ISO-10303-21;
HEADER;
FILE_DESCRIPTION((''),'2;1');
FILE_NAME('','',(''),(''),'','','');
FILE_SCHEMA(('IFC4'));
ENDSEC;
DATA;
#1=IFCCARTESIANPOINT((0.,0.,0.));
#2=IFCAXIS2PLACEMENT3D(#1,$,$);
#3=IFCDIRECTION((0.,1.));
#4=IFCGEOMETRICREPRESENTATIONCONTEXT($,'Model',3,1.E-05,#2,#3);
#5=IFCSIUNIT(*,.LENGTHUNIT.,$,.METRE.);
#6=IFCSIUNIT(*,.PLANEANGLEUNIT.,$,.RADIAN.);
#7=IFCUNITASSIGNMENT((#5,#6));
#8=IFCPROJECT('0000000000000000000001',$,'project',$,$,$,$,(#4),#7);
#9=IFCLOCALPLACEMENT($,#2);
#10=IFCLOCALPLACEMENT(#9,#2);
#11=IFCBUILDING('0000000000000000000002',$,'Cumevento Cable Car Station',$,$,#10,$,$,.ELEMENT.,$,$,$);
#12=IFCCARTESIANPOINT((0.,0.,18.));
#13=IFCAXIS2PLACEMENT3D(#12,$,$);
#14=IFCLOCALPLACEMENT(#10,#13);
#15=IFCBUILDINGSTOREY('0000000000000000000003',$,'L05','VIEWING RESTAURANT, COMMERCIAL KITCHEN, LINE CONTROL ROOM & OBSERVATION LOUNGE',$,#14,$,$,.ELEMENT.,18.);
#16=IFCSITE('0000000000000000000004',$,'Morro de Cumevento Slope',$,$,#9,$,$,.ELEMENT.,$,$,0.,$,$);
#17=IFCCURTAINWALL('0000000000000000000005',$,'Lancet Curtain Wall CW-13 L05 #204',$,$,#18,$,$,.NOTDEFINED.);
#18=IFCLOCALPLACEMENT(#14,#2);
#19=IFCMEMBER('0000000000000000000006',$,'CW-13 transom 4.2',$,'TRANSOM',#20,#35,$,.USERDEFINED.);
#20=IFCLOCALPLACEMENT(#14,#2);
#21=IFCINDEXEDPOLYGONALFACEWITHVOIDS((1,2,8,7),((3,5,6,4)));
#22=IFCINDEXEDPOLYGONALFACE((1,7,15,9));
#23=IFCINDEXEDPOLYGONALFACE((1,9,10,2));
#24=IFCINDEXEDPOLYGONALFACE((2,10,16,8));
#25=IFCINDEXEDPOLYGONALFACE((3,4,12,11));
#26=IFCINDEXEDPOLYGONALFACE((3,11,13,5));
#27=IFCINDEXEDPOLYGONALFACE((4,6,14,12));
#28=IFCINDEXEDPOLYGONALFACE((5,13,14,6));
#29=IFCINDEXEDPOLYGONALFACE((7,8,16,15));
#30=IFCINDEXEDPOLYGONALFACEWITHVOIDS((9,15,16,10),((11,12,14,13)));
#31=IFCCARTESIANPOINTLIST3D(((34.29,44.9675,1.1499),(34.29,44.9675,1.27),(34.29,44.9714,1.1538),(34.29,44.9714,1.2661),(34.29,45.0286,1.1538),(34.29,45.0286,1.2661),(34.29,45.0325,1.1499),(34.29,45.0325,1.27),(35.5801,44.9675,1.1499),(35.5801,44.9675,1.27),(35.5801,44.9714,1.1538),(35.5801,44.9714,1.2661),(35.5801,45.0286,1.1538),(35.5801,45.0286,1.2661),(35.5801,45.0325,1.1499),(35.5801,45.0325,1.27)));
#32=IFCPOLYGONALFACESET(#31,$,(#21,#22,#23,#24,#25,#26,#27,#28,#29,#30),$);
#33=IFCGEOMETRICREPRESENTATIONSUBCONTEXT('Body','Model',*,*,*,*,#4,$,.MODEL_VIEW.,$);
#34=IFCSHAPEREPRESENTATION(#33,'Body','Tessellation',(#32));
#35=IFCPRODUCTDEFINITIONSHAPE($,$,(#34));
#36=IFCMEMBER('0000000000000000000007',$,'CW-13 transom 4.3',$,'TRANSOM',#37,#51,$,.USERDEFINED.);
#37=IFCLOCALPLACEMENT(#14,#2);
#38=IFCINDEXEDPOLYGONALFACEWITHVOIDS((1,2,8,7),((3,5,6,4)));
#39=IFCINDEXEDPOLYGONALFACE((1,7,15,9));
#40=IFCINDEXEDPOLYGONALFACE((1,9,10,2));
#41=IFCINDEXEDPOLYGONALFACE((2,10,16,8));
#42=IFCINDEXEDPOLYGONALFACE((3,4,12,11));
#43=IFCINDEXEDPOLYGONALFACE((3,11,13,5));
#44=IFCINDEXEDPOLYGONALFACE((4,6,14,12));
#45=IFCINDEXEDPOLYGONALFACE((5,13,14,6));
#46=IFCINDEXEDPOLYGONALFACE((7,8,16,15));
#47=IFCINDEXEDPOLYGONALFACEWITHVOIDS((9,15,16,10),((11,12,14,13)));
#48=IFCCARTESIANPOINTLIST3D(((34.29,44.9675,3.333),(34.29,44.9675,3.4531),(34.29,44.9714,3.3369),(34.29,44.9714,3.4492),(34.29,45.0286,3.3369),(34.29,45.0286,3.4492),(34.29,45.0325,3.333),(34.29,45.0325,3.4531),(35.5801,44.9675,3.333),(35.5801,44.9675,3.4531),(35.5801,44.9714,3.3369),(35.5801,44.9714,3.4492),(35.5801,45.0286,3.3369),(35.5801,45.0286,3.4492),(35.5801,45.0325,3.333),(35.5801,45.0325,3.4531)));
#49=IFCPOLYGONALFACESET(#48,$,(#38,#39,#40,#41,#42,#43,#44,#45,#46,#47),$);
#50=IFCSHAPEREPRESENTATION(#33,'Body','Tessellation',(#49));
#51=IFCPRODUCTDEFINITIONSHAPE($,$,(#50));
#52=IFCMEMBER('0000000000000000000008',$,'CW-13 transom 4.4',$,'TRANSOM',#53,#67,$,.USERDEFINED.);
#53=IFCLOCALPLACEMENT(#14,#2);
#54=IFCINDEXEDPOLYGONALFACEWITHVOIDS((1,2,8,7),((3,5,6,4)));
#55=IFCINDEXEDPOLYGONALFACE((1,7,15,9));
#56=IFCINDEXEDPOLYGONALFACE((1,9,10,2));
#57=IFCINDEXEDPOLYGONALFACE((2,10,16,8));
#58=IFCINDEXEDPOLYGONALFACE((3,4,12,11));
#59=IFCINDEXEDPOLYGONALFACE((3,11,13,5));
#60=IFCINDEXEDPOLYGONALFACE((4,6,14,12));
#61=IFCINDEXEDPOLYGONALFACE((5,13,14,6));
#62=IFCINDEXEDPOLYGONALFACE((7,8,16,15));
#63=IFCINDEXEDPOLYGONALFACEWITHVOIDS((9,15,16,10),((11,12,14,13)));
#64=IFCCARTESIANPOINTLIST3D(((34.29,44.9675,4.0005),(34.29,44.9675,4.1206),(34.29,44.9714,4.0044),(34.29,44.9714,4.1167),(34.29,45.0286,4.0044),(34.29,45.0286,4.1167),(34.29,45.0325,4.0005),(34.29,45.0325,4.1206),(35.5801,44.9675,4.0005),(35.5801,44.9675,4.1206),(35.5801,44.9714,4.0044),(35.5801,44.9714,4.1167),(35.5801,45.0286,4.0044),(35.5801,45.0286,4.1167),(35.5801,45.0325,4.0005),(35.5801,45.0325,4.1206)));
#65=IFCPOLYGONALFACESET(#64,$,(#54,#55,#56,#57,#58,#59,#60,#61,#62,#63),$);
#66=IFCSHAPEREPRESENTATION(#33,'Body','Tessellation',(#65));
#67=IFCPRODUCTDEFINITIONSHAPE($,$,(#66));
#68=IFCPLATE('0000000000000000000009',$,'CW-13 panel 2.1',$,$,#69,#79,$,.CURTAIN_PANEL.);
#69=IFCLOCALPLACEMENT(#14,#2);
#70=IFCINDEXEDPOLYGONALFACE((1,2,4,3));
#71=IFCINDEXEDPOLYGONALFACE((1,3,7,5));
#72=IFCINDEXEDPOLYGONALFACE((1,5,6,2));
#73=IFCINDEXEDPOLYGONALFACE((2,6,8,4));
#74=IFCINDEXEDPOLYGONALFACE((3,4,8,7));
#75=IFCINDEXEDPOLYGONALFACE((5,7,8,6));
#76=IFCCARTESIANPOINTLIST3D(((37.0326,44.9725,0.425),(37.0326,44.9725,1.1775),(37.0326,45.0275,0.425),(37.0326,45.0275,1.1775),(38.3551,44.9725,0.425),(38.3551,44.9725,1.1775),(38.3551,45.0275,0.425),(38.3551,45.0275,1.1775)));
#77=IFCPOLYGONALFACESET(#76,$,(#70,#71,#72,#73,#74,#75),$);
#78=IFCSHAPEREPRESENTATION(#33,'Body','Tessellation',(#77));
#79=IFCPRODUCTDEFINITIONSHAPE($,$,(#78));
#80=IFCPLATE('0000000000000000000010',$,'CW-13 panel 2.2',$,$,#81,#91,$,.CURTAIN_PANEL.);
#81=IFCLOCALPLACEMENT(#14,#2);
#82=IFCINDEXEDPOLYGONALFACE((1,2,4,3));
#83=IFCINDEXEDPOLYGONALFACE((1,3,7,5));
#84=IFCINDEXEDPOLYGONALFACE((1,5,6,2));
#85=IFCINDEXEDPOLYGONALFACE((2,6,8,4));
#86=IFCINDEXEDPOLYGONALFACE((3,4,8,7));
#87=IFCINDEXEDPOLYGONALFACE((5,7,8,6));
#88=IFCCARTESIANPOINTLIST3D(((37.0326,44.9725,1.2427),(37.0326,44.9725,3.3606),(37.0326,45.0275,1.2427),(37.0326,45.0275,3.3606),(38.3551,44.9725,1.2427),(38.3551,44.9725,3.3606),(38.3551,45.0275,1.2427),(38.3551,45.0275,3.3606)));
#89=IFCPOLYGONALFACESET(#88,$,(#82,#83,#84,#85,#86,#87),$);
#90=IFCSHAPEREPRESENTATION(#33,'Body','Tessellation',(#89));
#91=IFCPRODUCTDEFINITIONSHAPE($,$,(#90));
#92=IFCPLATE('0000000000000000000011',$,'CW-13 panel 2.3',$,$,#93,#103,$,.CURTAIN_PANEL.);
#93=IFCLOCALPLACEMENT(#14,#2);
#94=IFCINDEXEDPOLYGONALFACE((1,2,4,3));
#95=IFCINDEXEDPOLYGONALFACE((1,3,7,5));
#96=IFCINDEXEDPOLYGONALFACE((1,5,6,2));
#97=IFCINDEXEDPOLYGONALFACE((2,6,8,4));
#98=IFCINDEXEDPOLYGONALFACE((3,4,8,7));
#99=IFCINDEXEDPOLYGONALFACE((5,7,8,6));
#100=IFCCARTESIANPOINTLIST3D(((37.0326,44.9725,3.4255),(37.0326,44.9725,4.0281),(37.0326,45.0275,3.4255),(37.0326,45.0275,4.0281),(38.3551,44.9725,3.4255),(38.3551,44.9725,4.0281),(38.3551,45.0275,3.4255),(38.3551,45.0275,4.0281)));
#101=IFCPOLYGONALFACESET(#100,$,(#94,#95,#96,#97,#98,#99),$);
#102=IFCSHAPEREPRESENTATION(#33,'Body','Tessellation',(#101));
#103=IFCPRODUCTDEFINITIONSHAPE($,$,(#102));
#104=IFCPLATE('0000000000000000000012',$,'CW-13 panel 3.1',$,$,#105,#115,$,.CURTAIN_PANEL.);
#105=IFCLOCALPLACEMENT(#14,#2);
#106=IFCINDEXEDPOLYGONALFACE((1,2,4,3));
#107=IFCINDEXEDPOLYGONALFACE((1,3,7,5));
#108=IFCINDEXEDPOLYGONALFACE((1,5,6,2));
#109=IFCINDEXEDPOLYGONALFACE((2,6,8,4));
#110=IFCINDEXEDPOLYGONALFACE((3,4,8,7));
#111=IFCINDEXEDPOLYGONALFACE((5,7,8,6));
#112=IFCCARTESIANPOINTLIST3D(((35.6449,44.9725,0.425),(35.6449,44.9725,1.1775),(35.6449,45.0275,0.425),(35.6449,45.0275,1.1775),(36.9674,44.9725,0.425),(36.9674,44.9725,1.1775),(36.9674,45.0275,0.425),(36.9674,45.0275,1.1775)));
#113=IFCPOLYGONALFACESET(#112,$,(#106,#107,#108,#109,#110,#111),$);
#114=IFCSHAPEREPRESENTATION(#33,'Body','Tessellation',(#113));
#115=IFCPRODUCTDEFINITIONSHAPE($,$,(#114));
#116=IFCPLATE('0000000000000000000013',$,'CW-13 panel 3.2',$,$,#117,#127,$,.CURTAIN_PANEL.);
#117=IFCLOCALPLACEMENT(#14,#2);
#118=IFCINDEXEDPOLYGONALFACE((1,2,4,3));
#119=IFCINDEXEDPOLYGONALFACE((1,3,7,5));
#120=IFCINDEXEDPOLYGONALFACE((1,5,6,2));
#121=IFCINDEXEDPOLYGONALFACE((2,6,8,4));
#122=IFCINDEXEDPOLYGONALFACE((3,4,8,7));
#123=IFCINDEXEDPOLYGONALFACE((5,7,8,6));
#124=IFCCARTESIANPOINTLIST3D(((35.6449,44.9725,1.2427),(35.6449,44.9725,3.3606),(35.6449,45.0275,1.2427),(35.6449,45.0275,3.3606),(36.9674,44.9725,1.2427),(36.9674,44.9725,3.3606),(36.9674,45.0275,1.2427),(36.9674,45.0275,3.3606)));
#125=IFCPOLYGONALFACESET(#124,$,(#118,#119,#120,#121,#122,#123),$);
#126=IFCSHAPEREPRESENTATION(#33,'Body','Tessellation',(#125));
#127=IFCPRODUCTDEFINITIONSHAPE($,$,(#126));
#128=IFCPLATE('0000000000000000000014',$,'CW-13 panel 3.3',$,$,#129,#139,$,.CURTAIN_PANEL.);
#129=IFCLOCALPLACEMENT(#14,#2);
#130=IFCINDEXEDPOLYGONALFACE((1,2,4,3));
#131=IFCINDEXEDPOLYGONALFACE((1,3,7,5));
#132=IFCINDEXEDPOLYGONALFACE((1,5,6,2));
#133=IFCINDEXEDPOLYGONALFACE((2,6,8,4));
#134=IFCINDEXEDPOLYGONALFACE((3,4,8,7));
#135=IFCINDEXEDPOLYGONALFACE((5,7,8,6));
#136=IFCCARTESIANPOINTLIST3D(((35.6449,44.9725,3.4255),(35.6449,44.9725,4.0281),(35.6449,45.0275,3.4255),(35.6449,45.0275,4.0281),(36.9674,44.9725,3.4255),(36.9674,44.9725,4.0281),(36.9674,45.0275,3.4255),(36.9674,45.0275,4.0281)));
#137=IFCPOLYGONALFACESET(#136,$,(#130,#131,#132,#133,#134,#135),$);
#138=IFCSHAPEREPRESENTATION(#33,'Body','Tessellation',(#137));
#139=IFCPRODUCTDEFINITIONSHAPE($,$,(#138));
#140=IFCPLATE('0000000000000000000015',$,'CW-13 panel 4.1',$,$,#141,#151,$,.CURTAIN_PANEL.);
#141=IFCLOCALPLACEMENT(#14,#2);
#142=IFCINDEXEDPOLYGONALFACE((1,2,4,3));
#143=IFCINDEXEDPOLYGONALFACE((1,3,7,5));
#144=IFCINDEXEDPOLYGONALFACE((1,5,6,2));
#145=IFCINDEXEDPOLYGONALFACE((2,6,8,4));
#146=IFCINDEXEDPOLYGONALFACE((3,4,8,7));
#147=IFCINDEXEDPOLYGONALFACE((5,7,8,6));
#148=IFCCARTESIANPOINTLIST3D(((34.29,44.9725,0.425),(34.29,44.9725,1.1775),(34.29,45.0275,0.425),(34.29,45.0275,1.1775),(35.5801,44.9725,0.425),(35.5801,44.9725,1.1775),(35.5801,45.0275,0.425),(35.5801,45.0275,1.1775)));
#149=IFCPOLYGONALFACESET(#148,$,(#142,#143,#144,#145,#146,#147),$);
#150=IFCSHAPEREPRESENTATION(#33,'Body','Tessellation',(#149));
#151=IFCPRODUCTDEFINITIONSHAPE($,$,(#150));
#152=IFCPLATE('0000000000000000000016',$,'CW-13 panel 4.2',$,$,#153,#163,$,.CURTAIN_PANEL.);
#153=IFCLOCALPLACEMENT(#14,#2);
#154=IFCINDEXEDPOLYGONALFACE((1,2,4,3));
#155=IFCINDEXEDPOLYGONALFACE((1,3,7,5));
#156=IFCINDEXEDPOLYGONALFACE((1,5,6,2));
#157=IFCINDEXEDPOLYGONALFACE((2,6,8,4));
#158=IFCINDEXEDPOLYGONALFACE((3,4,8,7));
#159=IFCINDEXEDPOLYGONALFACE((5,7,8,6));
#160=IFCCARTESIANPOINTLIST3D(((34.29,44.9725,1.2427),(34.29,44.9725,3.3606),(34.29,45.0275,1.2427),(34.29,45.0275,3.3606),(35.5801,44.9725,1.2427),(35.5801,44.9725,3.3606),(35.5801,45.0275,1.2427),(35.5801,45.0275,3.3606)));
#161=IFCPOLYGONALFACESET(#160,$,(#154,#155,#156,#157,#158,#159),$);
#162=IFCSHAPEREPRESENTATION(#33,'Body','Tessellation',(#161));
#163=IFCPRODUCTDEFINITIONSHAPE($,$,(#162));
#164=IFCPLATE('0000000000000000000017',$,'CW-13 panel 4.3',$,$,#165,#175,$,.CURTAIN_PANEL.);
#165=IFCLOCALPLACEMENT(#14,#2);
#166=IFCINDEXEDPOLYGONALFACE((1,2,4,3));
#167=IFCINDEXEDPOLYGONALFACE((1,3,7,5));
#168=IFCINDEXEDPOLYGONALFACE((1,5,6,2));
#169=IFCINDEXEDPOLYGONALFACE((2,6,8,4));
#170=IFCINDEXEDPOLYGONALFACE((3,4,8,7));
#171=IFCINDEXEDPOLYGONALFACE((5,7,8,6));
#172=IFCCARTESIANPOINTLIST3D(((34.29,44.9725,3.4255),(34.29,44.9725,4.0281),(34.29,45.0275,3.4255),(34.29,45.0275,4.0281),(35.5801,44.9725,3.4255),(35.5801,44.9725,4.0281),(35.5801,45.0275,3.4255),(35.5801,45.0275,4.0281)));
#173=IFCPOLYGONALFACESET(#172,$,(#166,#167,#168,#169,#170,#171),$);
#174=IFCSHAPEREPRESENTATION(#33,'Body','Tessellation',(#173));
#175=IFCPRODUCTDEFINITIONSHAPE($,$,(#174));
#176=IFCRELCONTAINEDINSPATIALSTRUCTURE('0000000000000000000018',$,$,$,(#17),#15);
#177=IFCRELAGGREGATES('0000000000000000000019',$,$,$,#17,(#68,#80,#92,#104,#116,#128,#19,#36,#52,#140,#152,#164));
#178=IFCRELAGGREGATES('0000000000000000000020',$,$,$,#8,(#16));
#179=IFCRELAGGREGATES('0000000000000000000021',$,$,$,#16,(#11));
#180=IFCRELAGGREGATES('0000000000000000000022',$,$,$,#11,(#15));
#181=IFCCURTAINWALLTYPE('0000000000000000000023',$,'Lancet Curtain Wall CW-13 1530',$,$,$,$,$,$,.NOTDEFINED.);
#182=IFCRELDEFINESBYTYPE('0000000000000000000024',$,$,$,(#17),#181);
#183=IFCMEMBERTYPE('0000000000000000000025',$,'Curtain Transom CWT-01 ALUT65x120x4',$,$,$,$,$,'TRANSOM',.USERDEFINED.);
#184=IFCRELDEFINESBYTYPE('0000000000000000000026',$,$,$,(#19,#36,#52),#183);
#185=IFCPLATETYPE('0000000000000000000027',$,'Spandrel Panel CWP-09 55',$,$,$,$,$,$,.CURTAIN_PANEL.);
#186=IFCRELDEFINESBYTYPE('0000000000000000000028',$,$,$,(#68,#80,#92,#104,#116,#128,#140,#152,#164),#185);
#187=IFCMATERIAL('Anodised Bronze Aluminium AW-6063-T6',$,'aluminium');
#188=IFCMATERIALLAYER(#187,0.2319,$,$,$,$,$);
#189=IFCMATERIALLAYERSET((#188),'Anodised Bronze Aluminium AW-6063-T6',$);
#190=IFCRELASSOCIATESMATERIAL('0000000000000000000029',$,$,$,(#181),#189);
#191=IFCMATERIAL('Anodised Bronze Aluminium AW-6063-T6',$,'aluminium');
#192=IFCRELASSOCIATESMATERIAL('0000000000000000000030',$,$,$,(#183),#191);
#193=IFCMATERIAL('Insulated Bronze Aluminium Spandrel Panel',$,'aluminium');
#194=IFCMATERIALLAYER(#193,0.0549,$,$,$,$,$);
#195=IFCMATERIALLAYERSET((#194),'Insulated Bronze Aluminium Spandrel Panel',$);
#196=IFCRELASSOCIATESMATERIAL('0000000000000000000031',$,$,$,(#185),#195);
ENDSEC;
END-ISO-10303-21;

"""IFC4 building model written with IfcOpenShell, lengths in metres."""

from ifc_helpers import new_model, si_unit, direction, frame, origin, origin_2d, place, context, subcontext, project, spatial, rectangle, hollow_rectangle, extrude, material, layer, layer_set, material_profile, profile_set, type_object, element, aggregate, save


model = new_model("IFC4")

# Units and contexts
model_context = context("Model", 3, precision=1e-05, world=origin(), true_north=direction((0.0, 1.0)))
body_context = subcontext(model_context, "Body", "Model", "MODEL_VIEW")
ifc_project = project(units=[si_unit("LENGTHUNIT", "METRE"), si_unit("PLANEANGLEUNIT", "RADIAN")], contexts=[model_context])

# Site, building, storey
site_placement = place(None, origin())
site = spatial("IfcSite", under=ifc_project, at=site_placement, Name="Morro de Cumevento Slope", CompositionType="ELEMENT", RefElevation=0.0)
building_placement = place(site_placement, origin())
building = spatial("IfcBuilding", under=site, at=building_placement, Name="Cumevento Cable Car Station", CompositionType="ELEMENT")
storey_placement = place(building_placement, frame((0.0, 0.0, 18.0)))
storey = spatial("IfcBuildingStorey", under=building, at=storey_placement, Name="L05", Description="VIEWING RESTAURANT, COMMERCIAL KITCHEN, LINE CONTROL ROOM & OBSERVATION LOUNGE", CompositionType="ELEMENT", Elevation=18.0)

# Curtain wall, members, plates
ifc_material_1 = material(Name="Anodised Bronze Aluminium AW-6063-T6", Category="aluminium")
ifc_layer_1 = layer(ifc_material_1, 0.2319)
ifc_layer_set_1 = layer_set([ifc_layer_1], Name="Anodised Bronze Aluminium AW-6063-T6")
curtain_wall_type = type_object("IfcCurtainWallType", Name="Lancet Curtain Wall CW-13 1530", PredefinedType="NOTDEFINED", material=ifc_layer_set_1)
curtain_wall_placement = place(storey_placement, origin())
curtain_wall = element("IfcCurtainWall", 1, at=curtain_wall_placement, inside=storey, type_object=curtain_wall_type, Name="Lancet Curtain Wall CW-13 L05 #204", PredefinedType="NOTDEFINED")
ifc_material_2 = material(Name="Anodised Bronze Aluminium AW-6063-T6", Category="aluminium")
ifc_material_profile_1 = material_profile(ifc_material_2, hollow_rectangle(XDim=0.0649, YDim=0.1201, WallThickness=0.0039, at=origin_2d()), Name="ALUT65x120x4")
ifc_profile_set_1 = profile_set([ifc_material_profile_1], Name="Anodised Bronze Aluminium AW-6063-T6")
member_type_1 = type_object("IfcMemberType", Name="Curtain Transom CWT-01 ALUT65x120x4", ElementType="TRANSOM", PredefinedType="USERDEFINED", material=ifc_profile_set_1)
member_1_placement = place(storey_placement, frame((35.5801, 45.0, 1.21), z_axis=(-1.0, 0.0, 0.0), x_axis=(0.0, -1.0, 0.0)))
member_1 = element("IfcMember", 2, at=member_1_placement, type_object=member_type_1, Name="CW-13 transom 4.2", ObjectType="TRANSOM", PredefinedType="USERDEFINED", context=body_context, shape_type="SweptSolid", body=[
    extrude(hollow_rectangle(XDim=0.0649, YDim=0.1201, WallThickness=0.0039, at=origin_2d()), origin(), (0.0, 0.0, 1.0), 1.29),
])
member_2_placement = place(storey_placement, frame((35.5801, 45.0, 3.3931), z_axis=(-1.0, 0.0, 0.0), x_axis=(0.0, -1.0, 0.0)))
member_2 = element("IfcMember", 3, at=member_2_placement, type_object=member_type_1, Name="CW-13 transom 4.3", ObjectType="TRANSOM", PredefinedType="USERDEFINED", context=body_context, shape_type="SweptSolid", body=[
    extrude(hollow_rectangle(XDim=0.0649, YDim=0.1201, WallThickness=0.0039, at=origin_2d()), origin(), (0.0, 0.0, 1.0), 1.29),
])
member_3_placement = place(storey_placement, frame((35.5801, 45.0, 4.0605), z_axis=(-1.0, 0.0, 0.0), x_axis=(0.0, -1.0, 0.0)))
member_3 = element("IfcMember", 4, at=member_3_placement, type_object=member_type_1, Name="CW-13 transom 4.4", ObjectType="TRANSOM", PredefinedType="USERDEFINED", context=body_context, shape_type="SweptSolid", body=[
    extrude(hollow_rectangle(XDim=0.0649, YDim=0.1201, WallThickness=0.0039, at=origin_2d()), origin(), (0.0, 0.0, 1.0), 1.29),
])
ifc_material_3 = material(Name="Insulated Bronze Aluminium Spandrel Panel", Category="aluminium")
ifc_layer_2 = layer(ifc_material_3, 0.0549)
ifc_layer_set_2 = layer_set([ifc_layer_2], Name="Insulated Bronze Aluminium Spandrel Panel")
plate_type = type_object("IfcPlateType", Name="Spandrel Panel CWP-09 55", PredefinedType="CURTAIN_PANEL", material=ifc_layer_set_2)
plate_1_placement = place(storey_placement, frame((37.6938, 45.0, 0.425), z_axis=(0.0, 0.0, 1.0), x_axis=(-1.0, 0.0, 0.0)))
plate_1 = element("IfcPlate", 5, at=plate_1_placement, type_object=plate_type, Name="CW-13 panel 2.1", PredefinedType="CURTAIN_PANEL", context=body_context, shape_type="SweptSolid", body=[
    extrude(rectangle(XDim=1.3225, YDim=0.0549, at=origin_2d()), origin(), (0.0, 0.0, 1.0), 0.7524),
])
plate_2_placement = place(storey_placement, frame((37.6938, 45.0, 1.2427), z_axis=(0.0, 0.0, 1.0), x_axis=(-1.0, 0.0, 0.0)))
plate_2 = element("IfcPlate", 6, at=plate_2_placement, type_object=plate_type, Name="CW-13 panel 2.2", PredefinedType="CURTAIN_PANEL", context=body_context, shape_type="SweptSolid", body=[
    extrude(rectangle(XDim=1.3225, YDim=0.0549, at=origin_2d()), origin(), (0.0, 0.0, 1.0), 2.1179),
])
plate_3_placement = place(storey_placement, frame((37.6938, 45.0, 3.4255), z_axis=(0.0, 0.0, 1.0), x_axis=(-1.0, 0.0, 0.0)))
plate_3 = element("IfcPlate", 7, at=plate_3_placement, type_object=plate_type, Name="CW-13 panel 2.3", PredefinedType="CURTAIN_PANEL", context=body_context, shape_type="SweptSolid", body=[
    extrude(rectangle(XDim=1.3225, YDim=0.0549, at=origin_2d()), origin(), (0.0, 0.0, 1.0), 0.6025),
])
plate_4_placement = place(storey_placement, frame((36.3062, 45.0, 0.425), z_axis=(0.0, 0.0, 1.0), x_axis=(-1.0, 0.0, 0.0)))
plate_4 = element("IfcPlate", 8, at=plate_4_placement, type_object=plate_type, Name="CW-13 panel 3.1", PredefinedType="CURTAIN_PANEL", context=body_context, shape_type="SweptSolid", body=[
    extrude(rectangle(XDim=1.3225, YDim=0.0549, at=origin_2d()), origin(), (0.0, 0.0, 1.0), 0.7524),
])
plate_5_placement = place(storey_placement, frame((36.3062, 45.0, 1.2427), z_axis=(0.0, 0.0, 1.0), x_axis=(-1.0, 0.0, 0.0)))
plate_5 = element("IfcPlate", 9, at=plate_5_placement, type_object=plate_type, Name="CW-13 panel 3.2", PredefinedType="CURTAIN_PANEL", context=body_context, shape_type="SweptSolid", body=[
    extrude(rectangle(XDim=1.3225, YDim=0.0549, at=origin_2d()), origin(), (0.0, 0.0, 1.0), 2.1179),
])
plate_6_placement = place(storey_placement, frame((36.3062, 45.0, 3.4255), z_axis=(0.0, 0.0, 1.0), x_axis=(-1.0, 0.0, 0.0)))
plate_6 = element("IfcPlate", 10, at=plate_6_placement, type_object=plate_type, Name="CW-13 panel 3.3", PredefinedType="CURTAIN_PANEL", context=body_context, shape_type="SweptSolid", body=[
    extrude(rectangle(XDim=1.3225, YDim=0.0549, at=origin_2d()), origin(), (0.0, 0.0, 1.0), 0.6025),
])
plate_7_placement = place(storey_placement, frame((34.9351, 45.0, 0.425), z_axis=(0.0, 0.0, 1.0), x_axis=(-1.0, 0.0, 0.0)))
plate_7 = element("IfcPlate", 11, at=plate_7_placement, type_object=plate_type, Name="CW-13 panel 4.1", PredefinedType="CURTAIN_PANEL", context=body_context, shape_type="SweptSolid", body=[
    extrude(rectangle(XDim=1.29, YDim=0.0549, at=origin_2d()), origin(), (0.0, 0.0, 1.0), 0.7524),
])
plate_8_placement = place(storey_placement, frame((34.9351, 45.0, 1.2427), z_axis=(0.0, 0.0, 1.0), x_axis=(-1.0, 0.0, 0.0)))
plate_8 = element("IfcPlate", 12, at=plate_8_placement, type_object=plate_type, Name="CW-13 panel 4.2", PredefinedType="CURTAIN_PANEL", context=body_context, shape_type="SweptSolid", body=[
    extrude(rectangle(XDim=1.29, YDim=0.0549, at=origin_2d()), origin(), (0.0, 0.0, 1.0), 2.1179),
])
plate_9_placement = place(storey_placement, frame((34.9351, 45.0, 3.4255), z_axis=(0.0, 0.0, 1.0), x_axis=(-1.0, 0.0, 0.0)))
plate_9 = element("IfcPlate", 13, at=plate_9_placement, type_object=plate_type, Name="CW-13 panel 4.3", PredefinedType="CURTAIN_PANEL", context=body_context, shape_type="SweptSolid", body=[
    extrude(rectangle(XDim=1.29, YDim=0.0549, at=origin_2d()), origin(), (0.0, 0.0, 1.0), 0.6025),
])
aggregate(curtain_wall, [plate_1, plate_2, plate_3, plate_4, plate_5, plate_6, member_1, member_2, member_3, plate_7, plate_8, plate_9])

save(model, "model.ifc")
